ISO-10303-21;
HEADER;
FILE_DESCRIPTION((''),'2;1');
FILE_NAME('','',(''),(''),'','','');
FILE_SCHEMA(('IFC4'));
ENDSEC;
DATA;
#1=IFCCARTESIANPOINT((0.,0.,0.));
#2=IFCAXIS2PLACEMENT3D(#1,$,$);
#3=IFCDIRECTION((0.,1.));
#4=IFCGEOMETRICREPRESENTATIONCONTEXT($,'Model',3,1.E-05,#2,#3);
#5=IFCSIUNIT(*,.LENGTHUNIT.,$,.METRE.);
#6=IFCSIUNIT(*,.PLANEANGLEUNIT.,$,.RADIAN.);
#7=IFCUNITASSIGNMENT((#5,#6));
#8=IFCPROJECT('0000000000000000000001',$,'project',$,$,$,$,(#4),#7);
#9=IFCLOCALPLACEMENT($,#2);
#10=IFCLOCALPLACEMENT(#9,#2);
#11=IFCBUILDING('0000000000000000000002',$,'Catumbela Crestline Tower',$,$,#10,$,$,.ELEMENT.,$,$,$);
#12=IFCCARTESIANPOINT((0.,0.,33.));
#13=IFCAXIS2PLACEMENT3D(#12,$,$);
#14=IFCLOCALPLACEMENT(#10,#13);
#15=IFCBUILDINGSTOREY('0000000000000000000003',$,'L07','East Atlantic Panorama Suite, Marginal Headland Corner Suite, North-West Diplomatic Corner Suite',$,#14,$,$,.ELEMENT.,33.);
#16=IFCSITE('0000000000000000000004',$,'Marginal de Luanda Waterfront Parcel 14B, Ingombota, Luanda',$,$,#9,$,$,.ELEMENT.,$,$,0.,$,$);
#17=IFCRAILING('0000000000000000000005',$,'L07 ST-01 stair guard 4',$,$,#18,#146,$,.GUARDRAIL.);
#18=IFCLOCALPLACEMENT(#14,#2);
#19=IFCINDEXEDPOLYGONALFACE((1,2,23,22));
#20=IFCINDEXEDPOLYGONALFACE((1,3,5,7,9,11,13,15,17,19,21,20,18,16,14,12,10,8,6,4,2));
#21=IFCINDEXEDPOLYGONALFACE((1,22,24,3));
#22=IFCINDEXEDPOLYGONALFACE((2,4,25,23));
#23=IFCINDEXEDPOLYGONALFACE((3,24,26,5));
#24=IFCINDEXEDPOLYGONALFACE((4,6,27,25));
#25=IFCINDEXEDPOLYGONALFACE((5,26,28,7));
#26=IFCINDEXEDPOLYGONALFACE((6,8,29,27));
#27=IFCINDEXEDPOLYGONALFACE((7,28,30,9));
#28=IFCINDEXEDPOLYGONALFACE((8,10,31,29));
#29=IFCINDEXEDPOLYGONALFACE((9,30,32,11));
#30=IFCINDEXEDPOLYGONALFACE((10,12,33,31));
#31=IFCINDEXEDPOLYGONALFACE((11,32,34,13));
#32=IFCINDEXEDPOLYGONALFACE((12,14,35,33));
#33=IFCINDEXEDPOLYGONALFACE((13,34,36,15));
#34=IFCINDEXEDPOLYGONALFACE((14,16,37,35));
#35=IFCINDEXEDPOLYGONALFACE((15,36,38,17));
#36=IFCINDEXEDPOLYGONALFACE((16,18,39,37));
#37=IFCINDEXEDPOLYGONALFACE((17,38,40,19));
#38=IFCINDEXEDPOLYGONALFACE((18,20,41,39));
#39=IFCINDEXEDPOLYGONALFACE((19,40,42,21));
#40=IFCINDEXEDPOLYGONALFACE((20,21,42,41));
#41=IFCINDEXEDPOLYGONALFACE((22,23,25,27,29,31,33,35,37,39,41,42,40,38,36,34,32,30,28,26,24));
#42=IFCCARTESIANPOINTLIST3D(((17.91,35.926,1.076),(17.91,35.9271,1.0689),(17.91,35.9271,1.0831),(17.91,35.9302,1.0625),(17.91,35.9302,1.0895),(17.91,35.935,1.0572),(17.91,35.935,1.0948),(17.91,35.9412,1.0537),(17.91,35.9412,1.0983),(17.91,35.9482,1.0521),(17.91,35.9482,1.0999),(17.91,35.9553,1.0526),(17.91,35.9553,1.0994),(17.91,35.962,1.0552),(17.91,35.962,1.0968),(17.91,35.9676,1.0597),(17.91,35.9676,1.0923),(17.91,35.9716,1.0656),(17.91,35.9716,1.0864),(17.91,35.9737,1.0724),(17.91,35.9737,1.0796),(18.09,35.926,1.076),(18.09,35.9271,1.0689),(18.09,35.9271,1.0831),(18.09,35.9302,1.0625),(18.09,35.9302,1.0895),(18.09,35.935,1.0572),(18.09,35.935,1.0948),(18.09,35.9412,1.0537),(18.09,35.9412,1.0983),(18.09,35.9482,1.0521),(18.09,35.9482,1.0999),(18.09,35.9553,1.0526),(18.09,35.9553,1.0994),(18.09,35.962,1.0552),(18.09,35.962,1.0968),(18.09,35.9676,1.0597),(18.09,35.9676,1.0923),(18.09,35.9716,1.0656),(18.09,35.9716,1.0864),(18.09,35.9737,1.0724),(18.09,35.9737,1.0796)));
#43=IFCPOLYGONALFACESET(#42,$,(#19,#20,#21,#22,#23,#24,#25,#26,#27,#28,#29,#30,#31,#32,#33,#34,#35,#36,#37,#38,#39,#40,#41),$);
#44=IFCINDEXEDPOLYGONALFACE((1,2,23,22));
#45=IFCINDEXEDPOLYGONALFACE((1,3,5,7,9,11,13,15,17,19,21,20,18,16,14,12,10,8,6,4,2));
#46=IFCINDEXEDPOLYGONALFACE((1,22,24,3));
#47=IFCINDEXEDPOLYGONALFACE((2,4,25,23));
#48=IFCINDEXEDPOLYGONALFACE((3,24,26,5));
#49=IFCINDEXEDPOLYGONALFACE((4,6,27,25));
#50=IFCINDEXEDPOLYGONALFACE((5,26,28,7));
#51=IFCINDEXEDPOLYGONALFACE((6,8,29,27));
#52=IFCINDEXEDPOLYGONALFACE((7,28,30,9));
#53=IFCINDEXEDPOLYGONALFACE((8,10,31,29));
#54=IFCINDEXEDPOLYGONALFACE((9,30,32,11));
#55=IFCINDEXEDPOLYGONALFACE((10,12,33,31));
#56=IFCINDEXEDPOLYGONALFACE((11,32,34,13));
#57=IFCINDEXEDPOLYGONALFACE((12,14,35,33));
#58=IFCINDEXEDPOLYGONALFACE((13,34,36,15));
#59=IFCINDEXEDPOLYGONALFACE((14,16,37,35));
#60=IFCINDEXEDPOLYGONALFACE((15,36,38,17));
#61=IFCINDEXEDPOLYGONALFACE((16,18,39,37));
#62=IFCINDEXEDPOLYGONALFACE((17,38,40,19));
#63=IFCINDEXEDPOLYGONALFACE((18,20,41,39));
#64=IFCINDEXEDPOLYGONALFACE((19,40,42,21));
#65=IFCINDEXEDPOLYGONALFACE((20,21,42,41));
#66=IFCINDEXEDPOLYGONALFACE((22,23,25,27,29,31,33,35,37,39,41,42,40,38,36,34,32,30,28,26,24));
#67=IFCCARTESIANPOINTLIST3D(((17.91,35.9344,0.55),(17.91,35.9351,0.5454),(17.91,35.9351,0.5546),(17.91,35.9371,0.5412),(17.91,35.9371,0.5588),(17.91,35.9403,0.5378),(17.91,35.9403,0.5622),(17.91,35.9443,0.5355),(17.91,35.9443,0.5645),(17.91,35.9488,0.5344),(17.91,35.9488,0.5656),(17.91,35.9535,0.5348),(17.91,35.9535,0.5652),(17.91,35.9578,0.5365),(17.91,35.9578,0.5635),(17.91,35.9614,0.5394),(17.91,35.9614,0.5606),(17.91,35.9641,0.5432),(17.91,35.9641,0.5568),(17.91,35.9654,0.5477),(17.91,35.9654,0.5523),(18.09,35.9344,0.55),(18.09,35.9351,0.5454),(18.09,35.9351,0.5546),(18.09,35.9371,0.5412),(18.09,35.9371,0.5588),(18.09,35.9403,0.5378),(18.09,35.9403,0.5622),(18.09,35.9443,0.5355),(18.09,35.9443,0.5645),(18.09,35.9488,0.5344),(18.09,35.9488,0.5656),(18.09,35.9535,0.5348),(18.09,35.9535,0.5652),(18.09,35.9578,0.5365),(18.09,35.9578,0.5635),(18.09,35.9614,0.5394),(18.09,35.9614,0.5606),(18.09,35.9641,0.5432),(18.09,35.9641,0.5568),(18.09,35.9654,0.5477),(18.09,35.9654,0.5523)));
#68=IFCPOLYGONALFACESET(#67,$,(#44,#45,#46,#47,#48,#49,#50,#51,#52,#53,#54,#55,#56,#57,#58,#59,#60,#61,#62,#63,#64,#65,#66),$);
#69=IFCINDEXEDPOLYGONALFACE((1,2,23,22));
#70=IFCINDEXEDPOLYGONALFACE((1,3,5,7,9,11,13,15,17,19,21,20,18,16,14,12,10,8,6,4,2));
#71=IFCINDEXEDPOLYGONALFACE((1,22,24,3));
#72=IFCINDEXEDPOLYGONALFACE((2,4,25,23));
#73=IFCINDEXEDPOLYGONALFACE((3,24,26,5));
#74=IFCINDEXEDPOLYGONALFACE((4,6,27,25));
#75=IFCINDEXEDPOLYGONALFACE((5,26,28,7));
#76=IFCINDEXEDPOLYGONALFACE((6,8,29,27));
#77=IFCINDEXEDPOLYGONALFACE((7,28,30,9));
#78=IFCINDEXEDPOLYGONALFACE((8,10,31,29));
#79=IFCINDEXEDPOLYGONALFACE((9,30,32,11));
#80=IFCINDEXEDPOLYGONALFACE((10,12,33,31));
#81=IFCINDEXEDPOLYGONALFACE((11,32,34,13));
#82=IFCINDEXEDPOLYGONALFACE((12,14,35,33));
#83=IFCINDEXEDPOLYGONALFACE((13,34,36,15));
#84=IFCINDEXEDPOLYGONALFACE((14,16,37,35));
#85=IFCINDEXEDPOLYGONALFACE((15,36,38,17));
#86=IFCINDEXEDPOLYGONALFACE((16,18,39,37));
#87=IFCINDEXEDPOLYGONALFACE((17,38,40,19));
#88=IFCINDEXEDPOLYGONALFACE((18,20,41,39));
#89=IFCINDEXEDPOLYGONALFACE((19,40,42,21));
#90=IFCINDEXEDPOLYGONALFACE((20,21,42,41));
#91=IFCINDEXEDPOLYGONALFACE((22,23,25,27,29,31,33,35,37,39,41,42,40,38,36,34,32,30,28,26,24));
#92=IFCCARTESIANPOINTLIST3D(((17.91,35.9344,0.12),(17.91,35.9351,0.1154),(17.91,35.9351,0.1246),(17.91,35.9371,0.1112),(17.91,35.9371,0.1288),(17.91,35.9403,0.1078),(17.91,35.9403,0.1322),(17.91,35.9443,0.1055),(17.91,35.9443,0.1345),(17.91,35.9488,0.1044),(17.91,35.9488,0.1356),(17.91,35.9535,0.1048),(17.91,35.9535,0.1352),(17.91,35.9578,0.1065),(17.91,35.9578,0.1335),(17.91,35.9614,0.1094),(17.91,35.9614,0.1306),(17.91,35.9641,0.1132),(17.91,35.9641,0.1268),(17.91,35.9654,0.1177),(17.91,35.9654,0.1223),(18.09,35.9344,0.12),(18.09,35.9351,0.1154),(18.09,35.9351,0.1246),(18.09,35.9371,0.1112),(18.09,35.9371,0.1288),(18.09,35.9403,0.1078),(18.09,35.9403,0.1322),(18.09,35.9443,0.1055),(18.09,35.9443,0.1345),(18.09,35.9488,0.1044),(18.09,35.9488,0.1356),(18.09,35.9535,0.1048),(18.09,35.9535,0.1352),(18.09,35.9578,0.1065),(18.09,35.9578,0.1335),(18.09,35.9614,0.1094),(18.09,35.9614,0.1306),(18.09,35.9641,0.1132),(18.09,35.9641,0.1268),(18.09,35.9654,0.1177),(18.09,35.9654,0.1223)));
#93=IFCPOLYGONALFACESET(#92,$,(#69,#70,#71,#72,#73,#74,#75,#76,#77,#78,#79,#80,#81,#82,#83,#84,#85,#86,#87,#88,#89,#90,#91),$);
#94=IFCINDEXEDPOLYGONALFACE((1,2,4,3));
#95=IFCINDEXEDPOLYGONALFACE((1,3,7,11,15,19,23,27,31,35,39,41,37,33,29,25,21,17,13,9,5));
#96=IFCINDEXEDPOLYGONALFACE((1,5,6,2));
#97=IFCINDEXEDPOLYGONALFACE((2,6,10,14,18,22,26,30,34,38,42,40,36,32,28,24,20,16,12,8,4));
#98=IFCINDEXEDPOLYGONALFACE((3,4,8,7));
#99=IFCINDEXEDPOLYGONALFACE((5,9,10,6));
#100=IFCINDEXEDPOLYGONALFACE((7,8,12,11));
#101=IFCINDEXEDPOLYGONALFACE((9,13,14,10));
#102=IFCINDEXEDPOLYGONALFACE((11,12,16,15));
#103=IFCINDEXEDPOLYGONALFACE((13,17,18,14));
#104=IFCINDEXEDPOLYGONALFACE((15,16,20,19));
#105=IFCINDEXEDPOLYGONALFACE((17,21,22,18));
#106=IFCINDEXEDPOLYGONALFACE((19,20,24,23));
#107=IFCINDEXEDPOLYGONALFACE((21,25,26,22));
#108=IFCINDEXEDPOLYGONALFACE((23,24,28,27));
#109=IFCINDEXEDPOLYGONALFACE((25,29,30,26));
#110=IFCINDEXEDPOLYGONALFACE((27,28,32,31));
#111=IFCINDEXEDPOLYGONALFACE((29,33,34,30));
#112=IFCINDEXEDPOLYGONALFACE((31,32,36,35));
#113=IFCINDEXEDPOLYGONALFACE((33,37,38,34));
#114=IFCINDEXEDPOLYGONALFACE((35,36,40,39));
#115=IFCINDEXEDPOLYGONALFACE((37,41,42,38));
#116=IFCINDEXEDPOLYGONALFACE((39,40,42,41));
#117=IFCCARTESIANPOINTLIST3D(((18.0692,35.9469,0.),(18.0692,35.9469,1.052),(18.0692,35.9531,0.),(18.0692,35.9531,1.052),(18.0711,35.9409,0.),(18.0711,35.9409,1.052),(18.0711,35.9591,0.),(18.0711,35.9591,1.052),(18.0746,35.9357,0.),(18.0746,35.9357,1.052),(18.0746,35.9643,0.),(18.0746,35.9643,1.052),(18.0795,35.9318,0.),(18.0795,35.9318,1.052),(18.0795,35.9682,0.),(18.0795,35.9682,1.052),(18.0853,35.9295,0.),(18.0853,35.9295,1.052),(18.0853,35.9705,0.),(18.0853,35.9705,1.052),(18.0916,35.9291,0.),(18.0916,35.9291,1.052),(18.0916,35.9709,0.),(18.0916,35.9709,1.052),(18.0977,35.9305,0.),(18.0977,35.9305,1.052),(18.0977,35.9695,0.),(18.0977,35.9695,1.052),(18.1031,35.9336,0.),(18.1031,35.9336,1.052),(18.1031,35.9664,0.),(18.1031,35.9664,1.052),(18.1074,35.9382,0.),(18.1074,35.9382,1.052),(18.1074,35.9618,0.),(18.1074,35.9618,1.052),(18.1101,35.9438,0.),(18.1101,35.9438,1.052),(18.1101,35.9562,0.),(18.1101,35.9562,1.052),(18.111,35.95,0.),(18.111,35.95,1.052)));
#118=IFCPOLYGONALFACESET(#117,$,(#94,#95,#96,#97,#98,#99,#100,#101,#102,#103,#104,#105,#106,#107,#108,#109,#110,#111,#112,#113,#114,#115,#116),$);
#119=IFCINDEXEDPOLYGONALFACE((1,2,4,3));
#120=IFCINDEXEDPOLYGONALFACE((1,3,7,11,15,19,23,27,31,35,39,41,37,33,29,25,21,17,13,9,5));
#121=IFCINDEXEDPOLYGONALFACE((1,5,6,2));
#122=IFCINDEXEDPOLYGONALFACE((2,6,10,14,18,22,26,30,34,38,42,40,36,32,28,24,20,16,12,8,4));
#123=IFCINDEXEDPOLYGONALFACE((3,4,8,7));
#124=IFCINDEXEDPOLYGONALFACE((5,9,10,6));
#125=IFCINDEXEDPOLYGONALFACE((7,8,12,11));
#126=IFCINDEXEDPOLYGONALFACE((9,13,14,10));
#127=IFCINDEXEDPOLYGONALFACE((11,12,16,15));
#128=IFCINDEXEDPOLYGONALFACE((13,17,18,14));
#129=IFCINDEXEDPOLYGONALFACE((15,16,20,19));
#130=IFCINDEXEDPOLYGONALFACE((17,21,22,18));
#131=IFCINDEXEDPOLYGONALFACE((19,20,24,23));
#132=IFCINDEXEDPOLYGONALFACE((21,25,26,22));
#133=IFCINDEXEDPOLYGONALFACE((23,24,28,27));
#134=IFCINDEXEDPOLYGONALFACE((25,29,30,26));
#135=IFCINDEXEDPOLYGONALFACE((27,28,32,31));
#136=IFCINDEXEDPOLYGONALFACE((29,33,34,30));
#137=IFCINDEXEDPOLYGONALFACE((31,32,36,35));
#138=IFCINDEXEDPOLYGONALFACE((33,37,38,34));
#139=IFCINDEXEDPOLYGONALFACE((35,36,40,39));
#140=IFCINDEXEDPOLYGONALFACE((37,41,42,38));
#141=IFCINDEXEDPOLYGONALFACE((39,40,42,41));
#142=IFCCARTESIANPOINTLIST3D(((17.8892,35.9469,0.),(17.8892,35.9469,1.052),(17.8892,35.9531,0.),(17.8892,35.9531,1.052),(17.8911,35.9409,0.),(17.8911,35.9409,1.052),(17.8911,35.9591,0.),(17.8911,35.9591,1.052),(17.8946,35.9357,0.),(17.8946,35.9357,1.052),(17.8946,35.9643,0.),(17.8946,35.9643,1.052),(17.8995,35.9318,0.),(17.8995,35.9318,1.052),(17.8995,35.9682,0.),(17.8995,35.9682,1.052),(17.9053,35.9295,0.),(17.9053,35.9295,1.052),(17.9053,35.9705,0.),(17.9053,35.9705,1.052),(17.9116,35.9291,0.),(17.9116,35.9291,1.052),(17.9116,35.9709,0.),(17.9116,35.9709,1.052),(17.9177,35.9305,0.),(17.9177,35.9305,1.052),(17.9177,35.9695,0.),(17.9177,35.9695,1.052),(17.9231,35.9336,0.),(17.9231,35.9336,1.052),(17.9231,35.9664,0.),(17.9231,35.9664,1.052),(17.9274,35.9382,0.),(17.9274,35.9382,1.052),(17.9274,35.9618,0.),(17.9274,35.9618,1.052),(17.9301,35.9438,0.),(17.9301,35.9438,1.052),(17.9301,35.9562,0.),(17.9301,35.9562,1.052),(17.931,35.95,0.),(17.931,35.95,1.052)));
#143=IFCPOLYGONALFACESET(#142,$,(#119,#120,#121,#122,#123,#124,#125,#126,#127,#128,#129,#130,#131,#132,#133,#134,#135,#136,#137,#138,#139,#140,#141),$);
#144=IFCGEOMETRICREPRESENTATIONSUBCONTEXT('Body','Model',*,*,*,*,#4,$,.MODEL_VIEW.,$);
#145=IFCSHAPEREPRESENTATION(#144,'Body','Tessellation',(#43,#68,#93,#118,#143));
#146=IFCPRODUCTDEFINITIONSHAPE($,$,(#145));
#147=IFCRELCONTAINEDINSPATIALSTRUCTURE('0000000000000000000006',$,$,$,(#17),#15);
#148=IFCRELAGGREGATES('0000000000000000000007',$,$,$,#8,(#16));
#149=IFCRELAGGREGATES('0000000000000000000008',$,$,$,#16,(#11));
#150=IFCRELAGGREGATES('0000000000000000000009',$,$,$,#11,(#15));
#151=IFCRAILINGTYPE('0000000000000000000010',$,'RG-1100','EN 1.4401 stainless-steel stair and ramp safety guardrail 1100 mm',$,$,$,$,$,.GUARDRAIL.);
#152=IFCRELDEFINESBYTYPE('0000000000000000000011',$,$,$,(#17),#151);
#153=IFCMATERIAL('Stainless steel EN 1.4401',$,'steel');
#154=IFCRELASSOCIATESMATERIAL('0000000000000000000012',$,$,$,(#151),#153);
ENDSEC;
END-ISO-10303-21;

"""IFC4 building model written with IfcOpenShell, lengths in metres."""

from ifc_helpers import new_model, si_unit, direction, frame, origin, origin_2d, place, context, subcontext, project, spatial, circle, extrude, material, type_object, element, save


model = new_model("IFC4")

# Units and contexts
model_context = context("Model", 3, precision=1e-05, world=origin(), true_north=direction((0.0, 1.0)))
body_context = subcontext(model_context, "Body", "Model", "MODEL_VIEW")
ifc_project = project(units=[si_unit("LENGTHUNIT", "METRE"), si_unit("PLANEANGLEUNIT", "RADIAN")], contexts=[model_context])

# Site, building, storey
site_placement = place(None, origin())
site = spatial("IfcSite", under=ifc_project, at=site_placement, Name="Marginal de Luanda Waterfront Parcel 14B, Ingombota, Luanda", CompositionType="ELEMENT", RefElevation=0.0)
building_placement = place(site_placement, origin())
building = spatial("IfcBuilding", under=site, at=building_placement, Name="Catumbela Crestline Tower", CompositionType="ELEMENT")
storey_placement = place(building_placement, frame((0.0, 0.0, 33.0)))
storey = spatial("IfcBuildingStorey", under=building, at=storey_placement, Name="L07", Description="East Atlantic Panorama Suite, Marginal Headland Corner Suite, North-West Diplomatic Corner Suite", CompositionType="ELEMENT", Elevation=33.0)

# Shared definitions
ifc_material_1 = material(Name="Stainless steel EN 1.4401", Category="steel")

# Railing
railing_type_1 = type_object("IfcRailingType", Name="RG-1100", Description="EN 1.4401 stainless-steel stair and ramp safety guardrail 1100 mm", PredefinedType="GUARDRAIL", material=ifc_material_1)
railing_1_placement = place(storey_placement, frame((18.09, 35.95, 0.0)))
element("IfcRailing", 1, at=railing_1_placement, inside=storey, type_object=railing_type_1, Name="L07 ST-01 stair guard 4", PredefinedType="GUARDRAIL", context=body_context, shape_type="SweptSolid", body=[
    extrude(circle(Radius=0.024, at=origin_2d()), frame((0.0, 0.0, 1.076), z_axis=(-1.0, 0.0, 0.0), x_axis=(0.0, -1.0, 0.0)), (0.0, 0.0, 1.0), 0.18),
    extrude(circle(Radius=0.0156, at=origin_2d()), frame((0.0, 0.0, 0.55), z_axis=(-1.0, 0.0, 0.0), x_axis=(0.0, -1.0, 0.0)), (0.0, 0.0, 1.0), 0.18),
    extrude(circle(Radius=0.0156, at=origin_2d()), frame((0.0, 0.0, 0.12), z_axis=(-1.0, 0.0, 0.0), x_axis=(0.0, -1.0, 0.0)), (0.0, 0.0, 1.0), 0.18),
    extrude(circle(Radius=0.021, at=origin_2d()), origin(), (0.0, 0.0, 1.0), 1.052),
    extrude(circle(Radius=0.021, at=origin_2d()), frame((-0.18, 0.0, 0.0)), (0.0, 0.0, 1.0), 1.052),
])

save(model, "model.ifc")
